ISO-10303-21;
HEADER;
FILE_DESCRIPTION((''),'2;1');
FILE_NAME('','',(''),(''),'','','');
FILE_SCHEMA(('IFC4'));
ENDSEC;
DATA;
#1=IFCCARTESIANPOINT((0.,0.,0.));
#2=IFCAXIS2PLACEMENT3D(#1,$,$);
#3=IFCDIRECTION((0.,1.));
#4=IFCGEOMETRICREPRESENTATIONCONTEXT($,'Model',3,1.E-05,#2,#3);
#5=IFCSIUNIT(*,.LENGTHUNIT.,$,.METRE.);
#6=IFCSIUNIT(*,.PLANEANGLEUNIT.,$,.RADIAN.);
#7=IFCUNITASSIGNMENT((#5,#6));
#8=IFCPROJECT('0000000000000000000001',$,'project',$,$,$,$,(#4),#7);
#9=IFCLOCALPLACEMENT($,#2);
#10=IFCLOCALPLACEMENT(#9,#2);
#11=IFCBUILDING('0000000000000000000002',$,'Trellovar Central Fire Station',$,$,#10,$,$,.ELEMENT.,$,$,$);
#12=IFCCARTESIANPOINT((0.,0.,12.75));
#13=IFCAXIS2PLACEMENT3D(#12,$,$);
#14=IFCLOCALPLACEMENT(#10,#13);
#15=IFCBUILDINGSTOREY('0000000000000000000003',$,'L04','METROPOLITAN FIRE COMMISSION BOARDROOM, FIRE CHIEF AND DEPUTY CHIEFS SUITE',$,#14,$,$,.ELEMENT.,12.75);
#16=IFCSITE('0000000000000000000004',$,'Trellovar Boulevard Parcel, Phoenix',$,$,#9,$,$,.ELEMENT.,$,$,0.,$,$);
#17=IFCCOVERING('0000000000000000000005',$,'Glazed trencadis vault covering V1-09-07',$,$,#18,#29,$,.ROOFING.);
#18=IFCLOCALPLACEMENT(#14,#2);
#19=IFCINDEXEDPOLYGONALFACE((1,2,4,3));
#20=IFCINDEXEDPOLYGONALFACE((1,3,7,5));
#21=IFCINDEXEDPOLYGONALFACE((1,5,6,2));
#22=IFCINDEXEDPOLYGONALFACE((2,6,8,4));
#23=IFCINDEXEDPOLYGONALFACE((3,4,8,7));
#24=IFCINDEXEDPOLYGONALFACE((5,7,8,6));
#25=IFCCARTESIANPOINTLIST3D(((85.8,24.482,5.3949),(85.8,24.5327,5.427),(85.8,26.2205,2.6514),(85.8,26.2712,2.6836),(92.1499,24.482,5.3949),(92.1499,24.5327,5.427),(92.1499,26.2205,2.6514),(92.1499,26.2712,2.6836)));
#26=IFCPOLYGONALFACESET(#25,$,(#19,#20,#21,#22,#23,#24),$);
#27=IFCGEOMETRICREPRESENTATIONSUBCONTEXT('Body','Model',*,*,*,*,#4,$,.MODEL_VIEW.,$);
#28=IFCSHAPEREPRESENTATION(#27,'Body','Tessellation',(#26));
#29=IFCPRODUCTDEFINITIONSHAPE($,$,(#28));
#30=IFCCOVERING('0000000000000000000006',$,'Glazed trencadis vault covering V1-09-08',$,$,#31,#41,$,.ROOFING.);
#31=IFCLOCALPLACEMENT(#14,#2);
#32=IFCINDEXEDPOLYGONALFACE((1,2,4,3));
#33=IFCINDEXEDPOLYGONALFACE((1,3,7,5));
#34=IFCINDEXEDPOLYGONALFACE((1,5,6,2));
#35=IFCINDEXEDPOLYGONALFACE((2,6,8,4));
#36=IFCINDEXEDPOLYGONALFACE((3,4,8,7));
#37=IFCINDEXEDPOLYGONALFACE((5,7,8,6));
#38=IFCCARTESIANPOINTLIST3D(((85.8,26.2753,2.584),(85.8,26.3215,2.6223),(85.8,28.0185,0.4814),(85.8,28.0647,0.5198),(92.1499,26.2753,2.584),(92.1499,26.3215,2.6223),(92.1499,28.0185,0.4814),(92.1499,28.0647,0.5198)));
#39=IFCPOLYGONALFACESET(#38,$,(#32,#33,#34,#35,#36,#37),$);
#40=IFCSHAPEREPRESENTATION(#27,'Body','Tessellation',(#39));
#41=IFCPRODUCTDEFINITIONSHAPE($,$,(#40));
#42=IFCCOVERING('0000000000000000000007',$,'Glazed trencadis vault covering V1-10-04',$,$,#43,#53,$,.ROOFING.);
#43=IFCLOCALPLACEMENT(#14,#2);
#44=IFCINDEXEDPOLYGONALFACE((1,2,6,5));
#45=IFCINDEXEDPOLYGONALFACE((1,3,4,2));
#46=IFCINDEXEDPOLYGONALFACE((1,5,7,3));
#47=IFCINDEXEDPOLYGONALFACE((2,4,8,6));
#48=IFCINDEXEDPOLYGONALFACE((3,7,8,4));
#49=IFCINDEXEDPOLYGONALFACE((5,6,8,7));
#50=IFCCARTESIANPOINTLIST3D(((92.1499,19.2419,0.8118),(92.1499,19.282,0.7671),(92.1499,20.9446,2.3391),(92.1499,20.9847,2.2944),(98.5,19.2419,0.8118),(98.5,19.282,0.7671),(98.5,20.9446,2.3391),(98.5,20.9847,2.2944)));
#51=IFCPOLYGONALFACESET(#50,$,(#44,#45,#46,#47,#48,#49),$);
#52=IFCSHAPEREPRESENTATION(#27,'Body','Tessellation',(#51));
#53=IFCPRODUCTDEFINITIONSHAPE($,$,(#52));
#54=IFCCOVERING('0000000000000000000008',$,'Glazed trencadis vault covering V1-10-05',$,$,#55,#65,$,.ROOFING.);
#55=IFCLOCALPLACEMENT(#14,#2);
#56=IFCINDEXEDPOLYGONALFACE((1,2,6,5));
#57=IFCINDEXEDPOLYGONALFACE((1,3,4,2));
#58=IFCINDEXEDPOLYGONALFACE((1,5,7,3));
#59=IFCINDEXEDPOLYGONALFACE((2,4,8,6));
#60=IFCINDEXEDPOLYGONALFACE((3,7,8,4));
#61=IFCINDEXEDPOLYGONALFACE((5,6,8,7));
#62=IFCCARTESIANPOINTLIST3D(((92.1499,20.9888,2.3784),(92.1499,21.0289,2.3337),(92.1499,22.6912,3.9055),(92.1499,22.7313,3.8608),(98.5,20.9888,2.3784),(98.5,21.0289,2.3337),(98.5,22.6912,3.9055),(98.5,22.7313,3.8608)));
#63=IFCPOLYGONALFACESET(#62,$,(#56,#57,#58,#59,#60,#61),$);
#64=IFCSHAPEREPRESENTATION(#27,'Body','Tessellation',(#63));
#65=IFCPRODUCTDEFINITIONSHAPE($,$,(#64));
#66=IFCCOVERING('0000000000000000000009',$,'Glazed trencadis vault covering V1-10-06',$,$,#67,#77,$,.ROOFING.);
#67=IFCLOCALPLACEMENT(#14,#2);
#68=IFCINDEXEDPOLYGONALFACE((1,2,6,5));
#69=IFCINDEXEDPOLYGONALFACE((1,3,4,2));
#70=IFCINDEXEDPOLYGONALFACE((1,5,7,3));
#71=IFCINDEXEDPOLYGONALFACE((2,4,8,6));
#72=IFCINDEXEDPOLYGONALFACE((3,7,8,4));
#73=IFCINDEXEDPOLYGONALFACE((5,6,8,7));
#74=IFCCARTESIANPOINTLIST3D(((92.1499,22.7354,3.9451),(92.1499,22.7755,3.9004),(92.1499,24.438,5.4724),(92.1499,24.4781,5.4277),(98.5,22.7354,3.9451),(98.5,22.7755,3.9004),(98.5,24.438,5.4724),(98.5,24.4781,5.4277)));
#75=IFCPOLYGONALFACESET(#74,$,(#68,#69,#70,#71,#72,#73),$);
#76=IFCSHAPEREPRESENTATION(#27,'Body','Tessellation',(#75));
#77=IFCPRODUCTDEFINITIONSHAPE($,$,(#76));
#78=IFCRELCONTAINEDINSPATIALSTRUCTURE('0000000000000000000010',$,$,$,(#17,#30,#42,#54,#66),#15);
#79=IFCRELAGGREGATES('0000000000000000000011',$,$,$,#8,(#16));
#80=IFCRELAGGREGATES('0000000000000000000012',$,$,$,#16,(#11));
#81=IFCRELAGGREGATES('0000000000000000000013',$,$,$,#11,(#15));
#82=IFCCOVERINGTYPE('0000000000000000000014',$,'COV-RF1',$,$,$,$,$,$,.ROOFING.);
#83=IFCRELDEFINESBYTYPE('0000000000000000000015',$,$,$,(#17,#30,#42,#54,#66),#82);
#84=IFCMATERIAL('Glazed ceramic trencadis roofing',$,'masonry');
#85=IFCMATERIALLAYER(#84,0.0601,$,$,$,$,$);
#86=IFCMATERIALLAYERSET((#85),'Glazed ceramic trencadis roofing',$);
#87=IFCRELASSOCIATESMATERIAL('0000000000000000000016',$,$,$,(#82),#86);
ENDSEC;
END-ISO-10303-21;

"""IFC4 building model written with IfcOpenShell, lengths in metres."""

from ifc_helpers import new_model, si_unit, direction, frame, origin, place, context, subcontext, project, spatial, polyline, outline, extrude, material, layer, layer_set, type_object, element, save


model = new_model("IFC4")

# Units and contexts
model_context = context("Model", 3, precision=1e-05, world=origin(), true_north=direction((0.0, 1.0)))
body_context = subcontext(model_context, "Body", "Model", "MODEL_VIEW")
ifc_project = project(units=[si_unit("LENGTHUNIT", "METRE"), si_unit("PLANEANGLEUNIT", "RADIAN")], contexts=[model_context])

# Site, building, storey
site_placement = place(None, origin())
site = spatial("IfcSite", under=ifc_project, at=site_placement, Name="Trellovar Boulevard Parcel, Phoenix", CompositionType="ELEMENT", RefElevation=0.0)
building_placement = place(site_placement, origin())
building = spatial("IfcBuilding", under=site, at=building_placement, Name="Trellovar Central Fire Station", CompositionType="ELEMENT")
storey_placement = place(building_placement, frame((0.0, 0.0, 12.75)))
storey = spatial("IfcBuildingStorey", under=building, at=storey_placement, Name="L04", Description="METROPOLITAN FIRE COMMISSION BOARDROOM, FIRE CHIEF AND DEPUTY CHIEFS SUITE", CompositionType="ELEMENT", Elevation=12.75)

# Coverings
ifc_material_1 = material(Name="Glazed ceramic trencadis roofing", Category="masonry")
ifc_layer_1 = layer(ifc_material_1, 0.0601)
ifc_layer_set_1 = layer_set([ifc_layer_1], Name="Glazed ceramic trencadis roofing")
covering_type = type_object("IfcCoveringType", Name="COV-RF1", PredefinedType="ROOFING", material=ifc_layer_set_1)
covering_1_placement = place(storey_placement, frame((85.8, 24.5327, 5.427), z_axis=(0.0, 0.844675, 0.535279), x_axis=(1.0, 0.0, 0.0)))
element("IfcCovering", 1, at=covering_1_placement, inside=storey, type_object=covering_type, Name="Glazed trencadis vault covering V1-09-07", PredefinedType="ROOFING", context=body_context, shape_type="SweptSolid", body=[
    extrude(outline(polyline([(0.0, 0.0), (6.3499, 0.0), (6.3499, 3.2479), (0.0, 3.2479), (0.0, 0.0)])), origin(), (0.0, 0.0, -1.0), 0.0601),
])
covering_2_placement = place(storey_placement, frame((85.8, 26.3215, 2.6223), z_axis=(0.0, 0.769831, 0.638248), x_axis=(1.0, 0.0, 0.0)))
element("IfcCovering", 2, at=covering_2_placement, inside=storey, type_object=covering_type, Name="Glazed trencadis vault covering V1-09-08", PredefinedType="ROOFING", context=body_context, shape_type="SweptSolid", body=[
    extrude(outline(polyline([(0.0, 0.0), (6.3499, 0.0), (6.3499, 2.7312), (0.0, 2.7312), (0.0, 0.0)])), origin(), (0.0, 0.0, -1.0), 0.0601),
])
covering_3_placement = place(storey_placement, frame((92.1499, 19.2419, 0.8118), z_axis=(0.0, -0.667749, 0.744386), x_axis=(1.0, 0.0, 0.0)))
element("IfcCovering", 3, at=covering_3_placement, inside=storey, type_object=covering_type, Name="Glazed trencadis vault covering V1-10-04", PredefinedType="ROOFING", context=body_context, shape_type="SweptSolid", body=[
    extrude(outline(polyline([(0.0, 0.0), (6.3501, 0.0), (6.3501, 2.2873), (0.0, 2.2873), (0.0, 0.0)])), origin(), (0.0, 0.0, -1.0), 0.0601),
])
covering_4_placement = place(storey_placement, frame((92.1499, 20.9888, 2.3784), z_axis=(0.0, -0.667743, 0.744392), x_axis=(1.0, 0.0, 0.0)))
element("IfcCovering", 4, at=covering_4_placement, inside=storey, type_object=covering_type, Name="Glazed trencadis vault covering V1-10-05", PredefinedType="ROOFING", context=body_context, shape_type="SweptSolid", body=[
    extrude(outline(polyline([(0.0, 0.0), (6.3501, 0.0), (6.3501, 2.287), (0.0, 2.287), (0.0, 0.0)])), origin(), (0.0, 0.0, -1.0), 0.0601),
])
covering_5_placement = place(storey_placement, frame((92.1499, 22.7354, 3.9451), z_axis=(0.0, -0.667749, 0.744386), x_axis=(1.0, 0.0, 0.0)))
element("IfcCovering", 5, at=covering_5_placement, inside=storey, type_object=covering_type, Name="Glazed trencadis vault covering V1-10-06", PredefinedType="ROOFING", context=body_context, shape_type="SweptSolid", body=[
    extrude(outline(polyline([(0.0, 0.0), (6.3501, 0.0), (6.3501, 2.2873), (0.0, 2.2873), (0.0, 0.0)])), origin(), (0.0, 0.0, -1.0), 0.0601),
])

save(model, "model.ifc")
